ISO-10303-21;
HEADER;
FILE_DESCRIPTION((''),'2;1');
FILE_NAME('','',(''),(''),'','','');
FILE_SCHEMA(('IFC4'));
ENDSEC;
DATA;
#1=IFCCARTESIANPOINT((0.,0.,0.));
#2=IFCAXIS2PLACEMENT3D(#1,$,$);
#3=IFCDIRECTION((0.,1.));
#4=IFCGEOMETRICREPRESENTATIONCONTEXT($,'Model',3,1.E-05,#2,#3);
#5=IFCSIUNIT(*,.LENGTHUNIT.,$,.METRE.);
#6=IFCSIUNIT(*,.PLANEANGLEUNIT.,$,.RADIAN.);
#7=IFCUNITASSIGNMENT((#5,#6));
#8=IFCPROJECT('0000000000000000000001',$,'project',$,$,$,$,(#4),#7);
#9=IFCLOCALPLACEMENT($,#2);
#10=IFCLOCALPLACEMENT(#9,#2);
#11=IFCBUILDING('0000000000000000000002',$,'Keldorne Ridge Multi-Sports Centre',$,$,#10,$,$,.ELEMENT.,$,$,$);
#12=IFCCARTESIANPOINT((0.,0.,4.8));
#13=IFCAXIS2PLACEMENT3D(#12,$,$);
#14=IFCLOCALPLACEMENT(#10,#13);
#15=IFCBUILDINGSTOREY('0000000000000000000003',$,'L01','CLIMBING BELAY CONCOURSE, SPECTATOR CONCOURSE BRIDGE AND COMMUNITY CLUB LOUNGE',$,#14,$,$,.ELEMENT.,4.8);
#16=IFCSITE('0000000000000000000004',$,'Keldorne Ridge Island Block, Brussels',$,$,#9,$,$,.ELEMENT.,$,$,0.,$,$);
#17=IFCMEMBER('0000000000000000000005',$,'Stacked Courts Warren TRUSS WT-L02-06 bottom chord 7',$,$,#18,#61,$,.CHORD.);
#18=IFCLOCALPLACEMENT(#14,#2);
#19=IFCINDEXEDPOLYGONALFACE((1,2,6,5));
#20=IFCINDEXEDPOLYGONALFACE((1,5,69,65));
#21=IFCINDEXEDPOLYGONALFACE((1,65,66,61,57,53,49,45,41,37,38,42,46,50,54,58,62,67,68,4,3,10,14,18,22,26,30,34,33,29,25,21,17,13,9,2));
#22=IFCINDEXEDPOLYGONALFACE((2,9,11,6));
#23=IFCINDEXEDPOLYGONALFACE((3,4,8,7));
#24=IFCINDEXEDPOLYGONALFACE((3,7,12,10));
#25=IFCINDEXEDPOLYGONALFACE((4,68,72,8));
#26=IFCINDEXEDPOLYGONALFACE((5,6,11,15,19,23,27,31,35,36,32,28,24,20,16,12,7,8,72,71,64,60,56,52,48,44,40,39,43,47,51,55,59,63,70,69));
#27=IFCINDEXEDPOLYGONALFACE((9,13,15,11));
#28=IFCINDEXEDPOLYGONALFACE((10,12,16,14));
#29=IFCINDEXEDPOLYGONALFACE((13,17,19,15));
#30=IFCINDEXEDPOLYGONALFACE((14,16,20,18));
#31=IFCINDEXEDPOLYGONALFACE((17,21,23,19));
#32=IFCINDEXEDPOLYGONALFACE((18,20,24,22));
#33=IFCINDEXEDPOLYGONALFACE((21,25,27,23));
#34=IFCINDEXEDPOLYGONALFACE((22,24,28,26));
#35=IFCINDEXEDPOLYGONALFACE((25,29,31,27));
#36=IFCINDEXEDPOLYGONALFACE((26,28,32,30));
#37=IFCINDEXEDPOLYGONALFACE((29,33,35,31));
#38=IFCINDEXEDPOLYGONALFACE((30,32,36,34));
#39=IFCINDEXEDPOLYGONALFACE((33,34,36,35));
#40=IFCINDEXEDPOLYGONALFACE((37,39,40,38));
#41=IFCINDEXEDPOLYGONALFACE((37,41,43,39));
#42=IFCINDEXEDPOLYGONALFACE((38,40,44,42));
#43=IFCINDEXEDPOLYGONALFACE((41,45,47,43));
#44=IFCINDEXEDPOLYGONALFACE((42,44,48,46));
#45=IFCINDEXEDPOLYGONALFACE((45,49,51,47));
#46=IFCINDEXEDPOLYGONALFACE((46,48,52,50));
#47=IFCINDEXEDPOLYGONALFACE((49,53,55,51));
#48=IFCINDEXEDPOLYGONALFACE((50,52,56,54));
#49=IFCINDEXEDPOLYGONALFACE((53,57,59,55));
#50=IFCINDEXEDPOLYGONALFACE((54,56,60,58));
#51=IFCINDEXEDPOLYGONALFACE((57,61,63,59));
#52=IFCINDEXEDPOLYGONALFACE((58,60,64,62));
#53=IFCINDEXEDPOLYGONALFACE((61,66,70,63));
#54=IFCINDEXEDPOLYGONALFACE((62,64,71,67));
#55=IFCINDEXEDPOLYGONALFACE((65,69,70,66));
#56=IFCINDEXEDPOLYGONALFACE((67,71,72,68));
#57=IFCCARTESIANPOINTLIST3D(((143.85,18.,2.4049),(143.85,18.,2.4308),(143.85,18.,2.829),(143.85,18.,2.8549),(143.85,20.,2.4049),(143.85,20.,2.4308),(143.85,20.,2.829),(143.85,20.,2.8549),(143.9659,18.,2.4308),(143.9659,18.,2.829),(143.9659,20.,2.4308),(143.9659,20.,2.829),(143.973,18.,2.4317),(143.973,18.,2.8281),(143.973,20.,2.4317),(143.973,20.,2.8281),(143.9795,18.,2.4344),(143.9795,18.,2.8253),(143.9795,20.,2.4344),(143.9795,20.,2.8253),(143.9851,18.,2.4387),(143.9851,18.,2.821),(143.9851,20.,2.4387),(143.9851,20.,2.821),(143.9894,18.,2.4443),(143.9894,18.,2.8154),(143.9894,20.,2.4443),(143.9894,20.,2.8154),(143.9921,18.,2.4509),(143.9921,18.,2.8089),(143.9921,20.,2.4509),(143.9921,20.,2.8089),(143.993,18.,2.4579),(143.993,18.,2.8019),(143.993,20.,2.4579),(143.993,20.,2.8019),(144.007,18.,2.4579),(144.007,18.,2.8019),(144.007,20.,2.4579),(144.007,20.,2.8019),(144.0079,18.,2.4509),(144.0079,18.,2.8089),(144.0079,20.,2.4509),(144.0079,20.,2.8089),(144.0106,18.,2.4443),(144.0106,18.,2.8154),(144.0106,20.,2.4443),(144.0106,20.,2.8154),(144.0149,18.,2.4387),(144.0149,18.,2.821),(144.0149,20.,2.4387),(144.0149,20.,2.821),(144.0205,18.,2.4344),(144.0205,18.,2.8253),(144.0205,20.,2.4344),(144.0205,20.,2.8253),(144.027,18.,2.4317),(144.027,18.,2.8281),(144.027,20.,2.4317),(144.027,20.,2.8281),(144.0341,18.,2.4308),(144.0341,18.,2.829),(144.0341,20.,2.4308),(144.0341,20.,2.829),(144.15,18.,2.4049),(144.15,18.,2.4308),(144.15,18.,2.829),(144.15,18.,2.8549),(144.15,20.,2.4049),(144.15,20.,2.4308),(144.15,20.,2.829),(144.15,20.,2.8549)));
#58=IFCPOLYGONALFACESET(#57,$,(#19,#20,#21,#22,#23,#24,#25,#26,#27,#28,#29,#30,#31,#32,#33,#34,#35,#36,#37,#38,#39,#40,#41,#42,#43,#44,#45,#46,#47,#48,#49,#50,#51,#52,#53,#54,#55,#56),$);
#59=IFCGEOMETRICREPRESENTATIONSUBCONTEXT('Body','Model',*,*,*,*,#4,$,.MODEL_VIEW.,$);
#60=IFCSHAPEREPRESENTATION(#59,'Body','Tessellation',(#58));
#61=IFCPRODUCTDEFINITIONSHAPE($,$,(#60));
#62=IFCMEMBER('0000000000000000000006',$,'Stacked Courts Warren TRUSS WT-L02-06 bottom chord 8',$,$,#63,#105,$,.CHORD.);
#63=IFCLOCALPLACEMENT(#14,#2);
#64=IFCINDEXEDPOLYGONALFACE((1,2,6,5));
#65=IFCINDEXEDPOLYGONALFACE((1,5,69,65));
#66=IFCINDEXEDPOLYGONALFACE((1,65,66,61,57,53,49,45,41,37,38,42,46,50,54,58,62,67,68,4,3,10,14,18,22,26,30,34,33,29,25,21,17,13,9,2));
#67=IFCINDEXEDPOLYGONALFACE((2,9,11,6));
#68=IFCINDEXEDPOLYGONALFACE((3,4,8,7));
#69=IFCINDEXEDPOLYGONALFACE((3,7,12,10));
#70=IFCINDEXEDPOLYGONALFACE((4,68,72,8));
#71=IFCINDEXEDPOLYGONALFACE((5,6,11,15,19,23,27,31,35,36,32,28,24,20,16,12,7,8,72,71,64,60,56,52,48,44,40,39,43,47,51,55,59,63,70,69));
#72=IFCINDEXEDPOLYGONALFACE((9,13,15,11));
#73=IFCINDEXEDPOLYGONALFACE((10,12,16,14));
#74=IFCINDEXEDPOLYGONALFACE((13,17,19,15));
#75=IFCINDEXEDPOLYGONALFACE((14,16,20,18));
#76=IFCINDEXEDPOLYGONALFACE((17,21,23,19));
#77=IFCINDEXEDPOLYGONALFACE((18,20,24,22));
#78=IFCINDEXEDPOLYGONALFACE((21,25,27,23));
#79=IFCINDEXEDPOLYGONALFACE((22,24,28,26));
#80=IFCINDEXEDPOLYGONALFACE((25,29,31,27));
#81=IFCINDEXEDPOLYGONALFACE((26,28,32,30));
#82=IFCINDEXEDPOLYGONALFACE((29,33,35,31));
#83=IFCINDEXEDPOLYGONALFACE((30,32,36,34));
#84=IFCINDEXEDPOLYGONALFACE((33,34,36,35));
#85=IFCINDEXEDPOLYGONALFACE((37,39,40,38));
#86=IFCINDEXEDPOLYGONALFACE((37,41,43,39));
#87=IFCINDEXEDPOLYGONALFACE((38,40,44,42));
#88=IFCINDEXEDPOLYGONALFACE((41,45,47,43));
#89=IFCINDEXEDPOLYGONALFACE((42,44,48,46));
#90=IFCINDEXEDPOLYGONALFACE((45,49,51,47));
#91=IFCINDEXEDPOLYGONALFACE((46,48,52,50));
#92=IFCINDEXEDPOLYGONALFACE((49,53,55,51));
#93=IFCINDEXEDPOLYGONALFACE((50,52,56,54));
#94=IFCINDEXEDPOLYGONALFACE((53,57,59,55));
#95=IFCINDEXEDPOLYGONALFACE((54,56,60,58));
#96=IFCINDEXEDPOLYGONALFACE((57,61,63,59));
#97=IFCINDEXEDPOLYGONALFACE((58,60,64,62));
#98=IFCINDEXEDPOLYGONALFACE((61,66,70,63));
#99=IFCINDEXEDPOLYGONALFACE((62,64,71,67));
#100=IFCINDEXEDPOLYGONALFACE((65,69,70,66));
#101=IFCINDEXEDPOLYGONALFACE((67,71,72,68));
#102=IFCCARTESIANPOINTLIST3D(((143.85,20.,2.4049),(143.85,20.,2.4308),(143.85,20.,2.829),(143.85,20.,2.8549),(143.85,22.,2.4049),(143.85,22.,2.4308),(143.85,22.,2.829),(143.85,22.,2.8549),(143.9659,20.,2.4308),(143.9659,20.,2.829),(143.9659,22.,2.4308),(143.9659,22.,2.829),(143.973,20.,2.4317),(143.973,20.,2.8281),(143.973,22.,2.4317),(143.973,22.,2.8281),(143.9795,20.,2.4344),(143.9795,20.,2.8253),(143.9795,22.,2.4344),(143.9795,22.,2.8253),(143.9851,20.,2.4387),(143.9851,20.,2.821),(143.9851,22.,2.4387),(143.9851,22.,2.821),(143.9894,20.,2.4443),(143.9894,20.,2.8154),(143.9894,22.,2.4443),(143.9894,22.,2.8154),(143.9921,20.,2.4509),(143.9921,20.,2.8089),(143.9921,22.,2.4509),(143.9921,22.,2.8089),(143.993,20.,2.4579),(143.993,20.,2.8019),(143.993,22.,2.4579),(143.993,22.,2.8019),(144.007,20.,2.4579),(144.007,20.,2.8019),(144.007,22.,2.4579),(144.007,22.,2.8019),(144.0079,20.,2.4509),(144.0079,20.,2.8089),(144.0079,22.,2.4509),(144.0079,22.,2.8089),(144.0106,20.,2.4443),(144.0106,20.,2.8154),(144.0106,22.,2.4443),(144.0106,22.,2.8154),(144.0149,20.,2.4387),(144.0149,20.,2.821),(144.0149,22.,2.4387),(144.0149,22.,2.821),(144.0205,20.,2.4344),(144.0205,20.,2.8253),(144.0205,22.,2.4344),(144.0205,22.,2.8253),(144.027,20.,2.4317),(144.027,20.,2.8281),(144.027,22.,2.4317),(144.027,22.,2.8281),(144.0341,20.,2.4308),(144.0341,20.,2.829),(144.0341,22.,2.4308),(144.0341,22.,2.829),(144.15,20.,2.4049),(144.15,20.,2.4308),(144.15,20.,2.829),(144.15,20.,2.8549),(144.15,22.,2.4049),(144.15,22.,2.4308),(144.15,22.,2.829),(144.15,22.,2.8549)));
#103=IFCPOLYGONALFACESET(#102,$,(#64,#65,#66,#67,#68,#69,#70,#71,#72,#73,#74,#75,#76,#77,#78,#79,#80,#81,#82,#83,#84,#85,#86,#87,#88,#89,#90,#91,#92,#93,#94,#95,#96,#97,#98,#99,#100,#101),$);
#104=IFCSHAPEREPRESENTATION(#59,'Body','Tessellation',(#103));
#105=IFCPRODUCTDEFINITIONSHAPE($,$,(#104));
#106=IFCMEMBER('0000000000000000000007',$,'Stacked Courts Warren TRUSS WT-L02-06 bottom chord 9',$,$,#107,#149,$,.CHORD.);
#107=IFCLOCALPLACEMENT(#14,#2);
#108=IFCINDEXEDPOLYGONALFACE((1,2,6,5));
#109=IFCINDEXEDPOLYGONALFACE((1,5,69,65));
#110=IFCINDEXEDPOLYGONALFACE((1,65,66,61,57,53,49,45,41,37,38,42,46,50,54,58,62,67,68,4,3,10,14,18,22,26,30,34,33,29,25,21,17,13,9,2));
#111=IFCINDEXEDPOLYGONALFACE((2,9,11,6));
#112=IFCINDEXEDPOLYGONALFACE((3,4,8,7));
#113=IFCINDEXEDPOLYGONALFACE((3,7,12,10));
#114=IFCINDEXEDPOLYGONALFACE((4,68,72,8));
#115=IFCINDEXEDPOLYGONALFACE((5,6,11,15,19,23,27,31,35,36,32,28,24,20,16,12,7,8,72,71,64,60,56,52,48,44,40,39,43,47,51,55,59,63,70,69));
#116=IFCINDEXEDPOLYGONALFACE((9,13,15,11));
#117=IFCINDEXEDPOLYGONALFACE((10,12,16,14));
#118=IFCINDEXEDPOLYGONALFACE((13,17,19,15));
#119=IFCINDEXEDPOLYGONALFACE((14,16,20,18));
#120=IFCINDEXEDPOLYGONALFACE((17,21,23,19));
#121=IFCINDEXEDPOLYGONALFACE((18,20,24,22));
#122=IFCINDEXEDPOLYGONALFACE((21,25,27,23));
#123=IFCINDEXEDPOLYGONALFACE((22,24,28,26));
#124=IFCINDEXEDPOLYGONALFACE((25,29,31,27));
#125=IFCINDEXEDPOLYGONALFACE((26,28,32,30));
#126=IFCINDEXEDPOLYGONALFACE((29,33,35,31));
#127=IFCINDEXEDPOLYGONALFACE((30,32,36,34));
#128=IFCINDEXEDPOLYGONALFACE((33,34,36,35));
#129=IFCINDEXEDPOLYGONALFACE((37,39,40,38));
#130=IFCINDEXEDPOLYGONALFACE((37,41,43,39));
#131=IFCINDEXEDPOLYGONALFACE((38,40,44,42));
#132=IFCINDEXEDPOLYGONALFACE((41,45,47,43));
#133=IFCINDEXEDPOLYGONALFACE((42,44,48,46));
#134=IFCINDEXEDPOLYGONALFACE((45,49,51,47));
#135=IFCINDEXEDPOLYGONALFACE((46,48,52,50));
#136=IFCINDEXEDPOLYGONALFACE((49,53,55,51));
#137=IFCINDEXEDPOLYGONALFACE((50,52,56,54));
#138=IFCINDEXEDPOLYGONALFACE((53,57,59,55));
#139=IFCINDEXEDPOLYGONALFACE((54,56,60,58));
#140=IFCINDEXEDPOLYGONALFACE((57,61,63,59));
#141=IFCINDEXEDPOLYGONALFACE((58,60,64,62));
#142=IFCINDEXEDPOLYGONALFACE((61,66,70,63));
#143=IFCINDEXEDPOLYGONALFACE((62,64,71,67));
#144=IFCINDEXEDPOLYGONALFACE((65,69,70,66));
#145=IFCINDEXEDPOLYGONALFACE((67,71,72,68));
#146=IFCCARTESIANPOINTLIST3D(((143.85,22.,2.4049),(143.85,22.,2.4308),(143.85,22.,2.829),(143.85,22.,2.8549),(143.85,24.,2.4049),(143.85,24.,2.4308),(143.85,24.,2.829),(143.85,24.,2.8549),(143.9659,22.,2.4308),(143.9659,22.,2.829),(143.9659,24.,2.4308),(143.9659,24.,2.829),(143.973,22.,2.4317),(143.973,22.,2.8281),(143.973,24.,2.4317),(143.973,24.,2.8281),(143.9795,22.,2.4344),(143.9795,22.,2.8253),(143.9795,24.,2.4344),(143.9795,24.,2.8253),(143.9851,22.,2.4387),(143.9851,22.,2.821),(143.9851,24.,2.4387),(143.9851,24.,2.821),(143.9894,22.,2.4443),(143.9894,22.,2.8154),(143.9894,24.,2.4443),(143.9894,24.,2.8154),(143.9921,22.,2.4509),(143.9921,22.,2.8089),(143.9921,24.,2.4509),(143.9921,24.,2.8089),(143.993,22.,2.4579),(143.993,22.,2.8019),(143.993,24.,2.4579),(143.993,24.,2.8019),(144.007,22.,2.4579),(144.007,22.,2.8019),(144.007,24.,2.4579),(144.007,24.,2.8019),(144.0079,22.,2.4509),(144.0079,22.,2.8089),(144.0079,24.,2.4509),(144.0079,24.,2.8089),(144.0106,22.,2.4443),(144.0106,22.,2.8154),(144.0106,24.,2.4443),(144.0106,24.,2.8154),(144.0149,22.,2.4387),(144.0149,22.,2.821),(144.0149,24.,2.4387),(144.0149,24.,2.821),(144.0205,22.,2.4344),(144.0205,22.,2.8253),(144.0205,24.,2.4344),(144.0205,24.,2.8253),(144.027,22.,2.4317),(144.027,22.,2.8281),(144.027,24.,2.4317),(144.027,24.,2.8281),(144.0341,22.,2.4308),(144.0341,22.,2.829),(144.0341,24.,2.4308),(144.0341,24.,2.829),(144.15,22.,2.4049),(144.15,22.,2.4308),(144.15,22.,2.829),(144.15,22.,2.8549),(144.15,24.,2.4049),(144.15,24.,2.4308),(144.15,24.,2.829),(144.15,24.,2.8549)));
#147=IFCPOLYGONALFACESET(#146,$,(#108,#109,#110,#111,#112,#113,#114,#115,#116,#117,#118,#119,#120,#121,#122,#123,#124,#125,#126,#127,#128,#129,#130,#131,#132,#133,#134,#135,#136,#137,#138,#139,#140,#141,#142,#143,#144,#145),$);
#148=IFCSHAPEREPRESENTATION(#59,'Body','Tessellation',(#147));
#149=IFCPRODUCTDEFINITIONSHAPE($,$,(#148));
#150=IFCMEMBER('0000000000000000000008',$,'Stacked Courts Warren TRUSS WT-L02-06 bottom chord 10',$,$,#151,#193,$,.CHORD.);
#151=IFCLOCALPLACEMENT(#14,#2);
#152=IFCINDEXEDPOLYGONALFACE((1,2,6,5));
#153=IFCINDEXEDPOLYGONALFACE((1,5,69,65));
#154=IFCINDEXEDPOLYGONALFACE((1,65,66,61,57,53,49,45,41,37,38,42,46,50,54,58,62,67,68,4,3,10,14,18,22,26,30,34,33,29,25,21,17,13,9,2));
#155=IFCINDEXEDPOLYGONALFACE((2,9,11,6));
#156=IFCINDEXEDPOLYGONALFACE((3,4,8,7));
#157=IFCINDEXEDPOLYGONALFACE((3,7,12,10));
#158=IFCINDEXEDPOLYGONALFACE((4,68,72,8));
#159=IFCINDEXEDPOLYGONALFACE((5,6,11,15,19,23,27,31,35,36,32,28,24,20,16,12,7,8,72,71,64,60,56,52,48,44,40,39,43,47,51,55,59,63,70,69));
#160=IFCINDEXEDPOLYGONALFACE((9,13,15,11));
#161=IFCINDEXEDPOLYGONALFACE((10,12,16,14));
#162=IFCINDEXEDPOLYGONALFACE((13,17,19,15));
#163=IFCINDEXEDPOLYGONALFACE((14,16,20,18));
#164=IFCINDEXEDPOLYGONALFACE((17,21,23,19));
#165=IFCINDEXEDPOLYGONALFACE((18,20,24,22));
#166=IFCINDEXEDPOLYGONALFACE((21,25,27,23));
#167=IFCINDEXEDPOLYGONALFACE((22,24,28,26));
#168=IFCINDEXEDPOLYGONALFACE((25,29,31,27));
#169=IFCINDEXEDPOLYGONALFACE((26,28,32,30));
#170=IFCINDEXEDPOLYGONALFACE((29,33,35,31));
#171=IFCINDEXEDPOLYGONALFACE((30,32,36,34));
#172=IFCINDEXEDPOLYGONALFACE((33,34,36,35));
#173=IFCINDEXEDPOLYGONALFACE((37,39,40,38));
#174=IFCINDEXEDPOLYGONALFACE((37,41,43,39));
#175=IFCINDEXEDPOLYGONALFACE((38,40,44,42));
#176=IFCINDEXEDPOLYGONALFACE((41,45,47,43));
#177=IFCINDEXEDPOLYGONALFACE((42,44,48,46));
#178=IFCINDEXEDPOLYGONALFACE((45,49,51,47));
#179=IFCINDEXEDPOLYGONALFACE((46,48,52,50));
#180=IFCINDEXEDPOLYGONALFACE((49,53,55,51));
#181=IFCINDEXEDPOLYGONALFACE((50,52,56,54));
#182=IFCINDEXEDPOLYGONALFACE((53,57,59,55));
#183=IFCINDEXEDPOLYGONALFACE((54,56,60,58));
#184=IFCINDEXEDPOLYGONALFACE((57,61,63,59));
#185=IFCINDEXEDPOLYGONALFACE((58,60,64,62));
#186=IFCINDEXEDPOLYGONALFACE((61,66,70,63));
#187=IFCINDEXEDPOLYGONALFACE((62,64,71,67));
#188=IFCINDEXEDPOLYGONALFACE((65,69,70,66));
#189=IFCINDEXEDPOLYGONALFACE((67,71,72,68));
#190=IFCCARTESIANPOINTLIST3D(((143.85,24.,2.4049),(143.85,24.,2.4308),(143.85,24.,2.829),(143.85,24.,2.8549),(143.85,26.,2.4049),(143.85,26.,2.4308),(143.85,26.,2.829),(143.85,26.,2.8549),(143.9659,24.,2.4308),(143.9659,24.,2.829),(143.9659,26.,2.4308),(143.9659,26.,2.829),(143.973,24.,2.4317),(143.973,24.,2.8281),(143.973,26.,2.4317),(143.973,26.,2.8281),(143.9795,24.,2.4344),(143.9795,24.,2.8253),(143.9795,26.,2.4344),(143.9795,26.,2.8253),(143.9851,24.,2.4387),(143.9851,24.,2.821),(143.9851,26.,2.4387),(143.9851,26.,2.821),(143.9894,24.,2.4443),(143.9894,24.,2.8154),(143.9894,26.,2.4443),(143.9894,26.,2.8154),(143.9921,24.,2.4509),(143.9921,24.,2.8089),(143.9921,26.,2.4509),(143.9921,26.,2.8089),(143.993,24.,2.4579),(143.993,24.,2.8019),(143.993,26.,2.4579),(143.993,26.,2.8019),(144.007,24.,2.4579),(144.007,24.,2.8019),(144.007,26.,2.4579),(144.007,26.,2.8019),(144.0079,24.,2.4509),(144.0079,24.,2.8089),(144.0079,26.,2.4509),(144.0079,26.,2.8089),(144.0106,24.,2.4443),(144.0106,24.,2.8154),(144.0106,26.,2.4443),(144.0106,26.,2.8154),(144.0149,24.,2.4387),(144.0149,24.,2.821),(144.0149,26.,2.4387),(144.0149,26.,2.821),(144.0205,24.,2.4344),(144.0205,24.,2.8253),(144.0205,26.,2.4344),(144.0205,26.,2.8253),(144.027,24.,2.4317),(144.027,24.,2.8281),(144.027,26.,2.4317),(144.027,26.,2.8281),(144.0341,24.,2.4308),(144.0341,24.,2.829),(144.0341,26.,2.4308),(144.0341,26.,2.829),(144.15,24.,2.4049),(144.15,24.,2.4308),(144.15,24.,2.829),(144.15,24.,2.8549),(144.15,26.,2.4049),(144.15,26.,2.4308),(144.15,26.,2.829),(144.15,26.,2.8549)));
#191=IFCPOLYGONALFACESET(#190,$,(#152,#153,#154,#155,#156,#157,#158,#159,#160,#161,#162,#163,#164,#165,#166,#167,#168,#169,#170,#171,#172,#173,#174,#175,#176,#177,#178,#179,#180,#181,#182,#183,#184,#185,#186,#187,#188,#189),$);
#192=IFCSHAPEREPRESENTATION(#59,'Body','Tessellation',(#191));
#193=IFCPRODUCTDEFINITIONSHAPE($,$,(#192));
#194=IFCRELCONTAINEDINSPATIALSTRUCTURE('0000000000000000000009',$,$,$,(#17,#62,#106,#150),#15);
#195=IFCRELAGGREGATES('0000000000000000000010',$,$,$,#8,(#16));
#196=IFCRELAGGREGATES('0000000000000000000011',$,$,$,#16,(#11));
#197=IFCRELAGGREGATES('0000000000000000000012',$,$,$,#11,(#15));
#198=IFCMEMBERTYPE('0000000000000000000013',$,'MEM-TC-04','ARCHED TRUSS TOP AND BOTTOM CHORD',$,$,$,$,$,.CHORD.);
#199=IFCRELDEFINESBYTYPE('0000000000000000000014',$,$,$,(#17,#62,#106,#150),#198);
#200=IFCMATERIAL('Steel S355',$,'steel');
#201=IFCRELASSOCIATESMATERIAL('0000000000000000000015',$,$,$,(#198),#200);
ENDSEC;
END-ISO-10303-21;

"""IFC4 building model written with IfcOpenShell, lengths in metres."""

from ifc_helpers import new_model, si_unit, direction, frame, origin, origin_2d, place, context, subcontext, project, spatial, i_section, extrude, material, material_profile, profile_set, type_object, element, save


model = new_model("IFC4")

# Units and contexts
model_context = context("Model", 3, precision=1e-05, world=origin(), true_north=direction((0.0, 1.0)))
body_context = subcontext(model_context, "Body", "Model", "MODEL_VIEW")
ifc_project = project(units=[si_unit("LENGTHUNIT", "METRE"), si_unit("PLANEANGLEUNIT", "RADIAN")], contexts=[model_context])

# Site, building, storey
site_placement = place(None, origin())
site = spatial("IfcSite", under=ifc_project, at=site_placement, Name="Keldorne Ridge Island Block, Brussels", CompositionType="ELEMENT", RefElevation=0.0)
building_placement = place(site_placement, origin())
building = spatial("IfcBuilding", under=site, at=building_placement, Name="Keldorne Ridge Multi-Sports Centre", CompositionType="ELEMENT")
storey_placement = place(building_placement, frame((0.0, 0.0, 4.8)))
storey = spatial("IfcBuildingStorey", under=building, at=storey_placement, Name="L01", Description="CLIMBING BELAY CONCOURSE, SPECTATOR CONCOURSE BRIDGE AND COMMUNITY CLUB LOUNGE", CompositionType="ELEMENT", Elevation=4.8)

# Members
ifc_material = material(Name="Steel S355", Category="steel")
ifc_material_profile_1 = material_profile(ifc_material, i_section(OverallWidth=0.3, OverallDepth=0.45, WebThickness=0.0139, FlangeThickness=0.0259, FilletRadius=0.0271, at=origin_2d()), Name="HEB 450")
ifc_profile_set_1 = profile_set([ifc_material_profile_1], Name="Steel S355")
member_type_1 = type_object("IfcMemberType", Name="MEM-TC-04", Description="ARCHED TRUSS TOP AND BOTTOM CHORD", PredefinedType="CHORD", material=ifc_profile_set_1)
for number, where, z_axis, x_axis, name in (
    (1, (144.0, 18.0, 2.6299), (0.0, 1.0, 0.0), (-1.0, 0.0, 0.0), "Stacked Courts Warren TRUSS WT-L02-06 bottom chord 7"),
    (2, (144.0, 20.0, 2.6299), (0.0, 1.0, 0.0), (-1.0, 0.0, 0.0), "Stacked Courts Warren TRUSS WT-L02-06 bottom chord 8"),
    (3, (144.0, 22.0, 2.6299), (0.0, 1.0, 0.0), (-1.0, 0.0, 0.0), "Stacked Courts Warren TRUSS WT-L02-06 bottom chord 9"),
    (4, (144.0, 24.0, 2.6299), (0.0, 1.0, 0.0), (-1.0, 0.0, 0.0), "Stacked Courts Warren TRUSS WT-L02-06 bottom chord 10"),
):
    element("IfcMember", number, at=place(storey_placement, frame(where, z_axis=z_axis, x_axis=x_axis)), inside=storey, type_object=member_type_1, Name=name, PredefinedType="CHORD", context=body_context, shape_type="SweptSolid", body=[
        extrude(i_section(OverallWidth=0.3, OverallDepth=0.45, WebThickness=0.0139, FlangeThickness=0.0259, FilletRadius=0.0271, at=origin_2d()), origin(), (0.0, 0.0, 1.0), 2.0),
    ])

save(model, "model.ifc")
